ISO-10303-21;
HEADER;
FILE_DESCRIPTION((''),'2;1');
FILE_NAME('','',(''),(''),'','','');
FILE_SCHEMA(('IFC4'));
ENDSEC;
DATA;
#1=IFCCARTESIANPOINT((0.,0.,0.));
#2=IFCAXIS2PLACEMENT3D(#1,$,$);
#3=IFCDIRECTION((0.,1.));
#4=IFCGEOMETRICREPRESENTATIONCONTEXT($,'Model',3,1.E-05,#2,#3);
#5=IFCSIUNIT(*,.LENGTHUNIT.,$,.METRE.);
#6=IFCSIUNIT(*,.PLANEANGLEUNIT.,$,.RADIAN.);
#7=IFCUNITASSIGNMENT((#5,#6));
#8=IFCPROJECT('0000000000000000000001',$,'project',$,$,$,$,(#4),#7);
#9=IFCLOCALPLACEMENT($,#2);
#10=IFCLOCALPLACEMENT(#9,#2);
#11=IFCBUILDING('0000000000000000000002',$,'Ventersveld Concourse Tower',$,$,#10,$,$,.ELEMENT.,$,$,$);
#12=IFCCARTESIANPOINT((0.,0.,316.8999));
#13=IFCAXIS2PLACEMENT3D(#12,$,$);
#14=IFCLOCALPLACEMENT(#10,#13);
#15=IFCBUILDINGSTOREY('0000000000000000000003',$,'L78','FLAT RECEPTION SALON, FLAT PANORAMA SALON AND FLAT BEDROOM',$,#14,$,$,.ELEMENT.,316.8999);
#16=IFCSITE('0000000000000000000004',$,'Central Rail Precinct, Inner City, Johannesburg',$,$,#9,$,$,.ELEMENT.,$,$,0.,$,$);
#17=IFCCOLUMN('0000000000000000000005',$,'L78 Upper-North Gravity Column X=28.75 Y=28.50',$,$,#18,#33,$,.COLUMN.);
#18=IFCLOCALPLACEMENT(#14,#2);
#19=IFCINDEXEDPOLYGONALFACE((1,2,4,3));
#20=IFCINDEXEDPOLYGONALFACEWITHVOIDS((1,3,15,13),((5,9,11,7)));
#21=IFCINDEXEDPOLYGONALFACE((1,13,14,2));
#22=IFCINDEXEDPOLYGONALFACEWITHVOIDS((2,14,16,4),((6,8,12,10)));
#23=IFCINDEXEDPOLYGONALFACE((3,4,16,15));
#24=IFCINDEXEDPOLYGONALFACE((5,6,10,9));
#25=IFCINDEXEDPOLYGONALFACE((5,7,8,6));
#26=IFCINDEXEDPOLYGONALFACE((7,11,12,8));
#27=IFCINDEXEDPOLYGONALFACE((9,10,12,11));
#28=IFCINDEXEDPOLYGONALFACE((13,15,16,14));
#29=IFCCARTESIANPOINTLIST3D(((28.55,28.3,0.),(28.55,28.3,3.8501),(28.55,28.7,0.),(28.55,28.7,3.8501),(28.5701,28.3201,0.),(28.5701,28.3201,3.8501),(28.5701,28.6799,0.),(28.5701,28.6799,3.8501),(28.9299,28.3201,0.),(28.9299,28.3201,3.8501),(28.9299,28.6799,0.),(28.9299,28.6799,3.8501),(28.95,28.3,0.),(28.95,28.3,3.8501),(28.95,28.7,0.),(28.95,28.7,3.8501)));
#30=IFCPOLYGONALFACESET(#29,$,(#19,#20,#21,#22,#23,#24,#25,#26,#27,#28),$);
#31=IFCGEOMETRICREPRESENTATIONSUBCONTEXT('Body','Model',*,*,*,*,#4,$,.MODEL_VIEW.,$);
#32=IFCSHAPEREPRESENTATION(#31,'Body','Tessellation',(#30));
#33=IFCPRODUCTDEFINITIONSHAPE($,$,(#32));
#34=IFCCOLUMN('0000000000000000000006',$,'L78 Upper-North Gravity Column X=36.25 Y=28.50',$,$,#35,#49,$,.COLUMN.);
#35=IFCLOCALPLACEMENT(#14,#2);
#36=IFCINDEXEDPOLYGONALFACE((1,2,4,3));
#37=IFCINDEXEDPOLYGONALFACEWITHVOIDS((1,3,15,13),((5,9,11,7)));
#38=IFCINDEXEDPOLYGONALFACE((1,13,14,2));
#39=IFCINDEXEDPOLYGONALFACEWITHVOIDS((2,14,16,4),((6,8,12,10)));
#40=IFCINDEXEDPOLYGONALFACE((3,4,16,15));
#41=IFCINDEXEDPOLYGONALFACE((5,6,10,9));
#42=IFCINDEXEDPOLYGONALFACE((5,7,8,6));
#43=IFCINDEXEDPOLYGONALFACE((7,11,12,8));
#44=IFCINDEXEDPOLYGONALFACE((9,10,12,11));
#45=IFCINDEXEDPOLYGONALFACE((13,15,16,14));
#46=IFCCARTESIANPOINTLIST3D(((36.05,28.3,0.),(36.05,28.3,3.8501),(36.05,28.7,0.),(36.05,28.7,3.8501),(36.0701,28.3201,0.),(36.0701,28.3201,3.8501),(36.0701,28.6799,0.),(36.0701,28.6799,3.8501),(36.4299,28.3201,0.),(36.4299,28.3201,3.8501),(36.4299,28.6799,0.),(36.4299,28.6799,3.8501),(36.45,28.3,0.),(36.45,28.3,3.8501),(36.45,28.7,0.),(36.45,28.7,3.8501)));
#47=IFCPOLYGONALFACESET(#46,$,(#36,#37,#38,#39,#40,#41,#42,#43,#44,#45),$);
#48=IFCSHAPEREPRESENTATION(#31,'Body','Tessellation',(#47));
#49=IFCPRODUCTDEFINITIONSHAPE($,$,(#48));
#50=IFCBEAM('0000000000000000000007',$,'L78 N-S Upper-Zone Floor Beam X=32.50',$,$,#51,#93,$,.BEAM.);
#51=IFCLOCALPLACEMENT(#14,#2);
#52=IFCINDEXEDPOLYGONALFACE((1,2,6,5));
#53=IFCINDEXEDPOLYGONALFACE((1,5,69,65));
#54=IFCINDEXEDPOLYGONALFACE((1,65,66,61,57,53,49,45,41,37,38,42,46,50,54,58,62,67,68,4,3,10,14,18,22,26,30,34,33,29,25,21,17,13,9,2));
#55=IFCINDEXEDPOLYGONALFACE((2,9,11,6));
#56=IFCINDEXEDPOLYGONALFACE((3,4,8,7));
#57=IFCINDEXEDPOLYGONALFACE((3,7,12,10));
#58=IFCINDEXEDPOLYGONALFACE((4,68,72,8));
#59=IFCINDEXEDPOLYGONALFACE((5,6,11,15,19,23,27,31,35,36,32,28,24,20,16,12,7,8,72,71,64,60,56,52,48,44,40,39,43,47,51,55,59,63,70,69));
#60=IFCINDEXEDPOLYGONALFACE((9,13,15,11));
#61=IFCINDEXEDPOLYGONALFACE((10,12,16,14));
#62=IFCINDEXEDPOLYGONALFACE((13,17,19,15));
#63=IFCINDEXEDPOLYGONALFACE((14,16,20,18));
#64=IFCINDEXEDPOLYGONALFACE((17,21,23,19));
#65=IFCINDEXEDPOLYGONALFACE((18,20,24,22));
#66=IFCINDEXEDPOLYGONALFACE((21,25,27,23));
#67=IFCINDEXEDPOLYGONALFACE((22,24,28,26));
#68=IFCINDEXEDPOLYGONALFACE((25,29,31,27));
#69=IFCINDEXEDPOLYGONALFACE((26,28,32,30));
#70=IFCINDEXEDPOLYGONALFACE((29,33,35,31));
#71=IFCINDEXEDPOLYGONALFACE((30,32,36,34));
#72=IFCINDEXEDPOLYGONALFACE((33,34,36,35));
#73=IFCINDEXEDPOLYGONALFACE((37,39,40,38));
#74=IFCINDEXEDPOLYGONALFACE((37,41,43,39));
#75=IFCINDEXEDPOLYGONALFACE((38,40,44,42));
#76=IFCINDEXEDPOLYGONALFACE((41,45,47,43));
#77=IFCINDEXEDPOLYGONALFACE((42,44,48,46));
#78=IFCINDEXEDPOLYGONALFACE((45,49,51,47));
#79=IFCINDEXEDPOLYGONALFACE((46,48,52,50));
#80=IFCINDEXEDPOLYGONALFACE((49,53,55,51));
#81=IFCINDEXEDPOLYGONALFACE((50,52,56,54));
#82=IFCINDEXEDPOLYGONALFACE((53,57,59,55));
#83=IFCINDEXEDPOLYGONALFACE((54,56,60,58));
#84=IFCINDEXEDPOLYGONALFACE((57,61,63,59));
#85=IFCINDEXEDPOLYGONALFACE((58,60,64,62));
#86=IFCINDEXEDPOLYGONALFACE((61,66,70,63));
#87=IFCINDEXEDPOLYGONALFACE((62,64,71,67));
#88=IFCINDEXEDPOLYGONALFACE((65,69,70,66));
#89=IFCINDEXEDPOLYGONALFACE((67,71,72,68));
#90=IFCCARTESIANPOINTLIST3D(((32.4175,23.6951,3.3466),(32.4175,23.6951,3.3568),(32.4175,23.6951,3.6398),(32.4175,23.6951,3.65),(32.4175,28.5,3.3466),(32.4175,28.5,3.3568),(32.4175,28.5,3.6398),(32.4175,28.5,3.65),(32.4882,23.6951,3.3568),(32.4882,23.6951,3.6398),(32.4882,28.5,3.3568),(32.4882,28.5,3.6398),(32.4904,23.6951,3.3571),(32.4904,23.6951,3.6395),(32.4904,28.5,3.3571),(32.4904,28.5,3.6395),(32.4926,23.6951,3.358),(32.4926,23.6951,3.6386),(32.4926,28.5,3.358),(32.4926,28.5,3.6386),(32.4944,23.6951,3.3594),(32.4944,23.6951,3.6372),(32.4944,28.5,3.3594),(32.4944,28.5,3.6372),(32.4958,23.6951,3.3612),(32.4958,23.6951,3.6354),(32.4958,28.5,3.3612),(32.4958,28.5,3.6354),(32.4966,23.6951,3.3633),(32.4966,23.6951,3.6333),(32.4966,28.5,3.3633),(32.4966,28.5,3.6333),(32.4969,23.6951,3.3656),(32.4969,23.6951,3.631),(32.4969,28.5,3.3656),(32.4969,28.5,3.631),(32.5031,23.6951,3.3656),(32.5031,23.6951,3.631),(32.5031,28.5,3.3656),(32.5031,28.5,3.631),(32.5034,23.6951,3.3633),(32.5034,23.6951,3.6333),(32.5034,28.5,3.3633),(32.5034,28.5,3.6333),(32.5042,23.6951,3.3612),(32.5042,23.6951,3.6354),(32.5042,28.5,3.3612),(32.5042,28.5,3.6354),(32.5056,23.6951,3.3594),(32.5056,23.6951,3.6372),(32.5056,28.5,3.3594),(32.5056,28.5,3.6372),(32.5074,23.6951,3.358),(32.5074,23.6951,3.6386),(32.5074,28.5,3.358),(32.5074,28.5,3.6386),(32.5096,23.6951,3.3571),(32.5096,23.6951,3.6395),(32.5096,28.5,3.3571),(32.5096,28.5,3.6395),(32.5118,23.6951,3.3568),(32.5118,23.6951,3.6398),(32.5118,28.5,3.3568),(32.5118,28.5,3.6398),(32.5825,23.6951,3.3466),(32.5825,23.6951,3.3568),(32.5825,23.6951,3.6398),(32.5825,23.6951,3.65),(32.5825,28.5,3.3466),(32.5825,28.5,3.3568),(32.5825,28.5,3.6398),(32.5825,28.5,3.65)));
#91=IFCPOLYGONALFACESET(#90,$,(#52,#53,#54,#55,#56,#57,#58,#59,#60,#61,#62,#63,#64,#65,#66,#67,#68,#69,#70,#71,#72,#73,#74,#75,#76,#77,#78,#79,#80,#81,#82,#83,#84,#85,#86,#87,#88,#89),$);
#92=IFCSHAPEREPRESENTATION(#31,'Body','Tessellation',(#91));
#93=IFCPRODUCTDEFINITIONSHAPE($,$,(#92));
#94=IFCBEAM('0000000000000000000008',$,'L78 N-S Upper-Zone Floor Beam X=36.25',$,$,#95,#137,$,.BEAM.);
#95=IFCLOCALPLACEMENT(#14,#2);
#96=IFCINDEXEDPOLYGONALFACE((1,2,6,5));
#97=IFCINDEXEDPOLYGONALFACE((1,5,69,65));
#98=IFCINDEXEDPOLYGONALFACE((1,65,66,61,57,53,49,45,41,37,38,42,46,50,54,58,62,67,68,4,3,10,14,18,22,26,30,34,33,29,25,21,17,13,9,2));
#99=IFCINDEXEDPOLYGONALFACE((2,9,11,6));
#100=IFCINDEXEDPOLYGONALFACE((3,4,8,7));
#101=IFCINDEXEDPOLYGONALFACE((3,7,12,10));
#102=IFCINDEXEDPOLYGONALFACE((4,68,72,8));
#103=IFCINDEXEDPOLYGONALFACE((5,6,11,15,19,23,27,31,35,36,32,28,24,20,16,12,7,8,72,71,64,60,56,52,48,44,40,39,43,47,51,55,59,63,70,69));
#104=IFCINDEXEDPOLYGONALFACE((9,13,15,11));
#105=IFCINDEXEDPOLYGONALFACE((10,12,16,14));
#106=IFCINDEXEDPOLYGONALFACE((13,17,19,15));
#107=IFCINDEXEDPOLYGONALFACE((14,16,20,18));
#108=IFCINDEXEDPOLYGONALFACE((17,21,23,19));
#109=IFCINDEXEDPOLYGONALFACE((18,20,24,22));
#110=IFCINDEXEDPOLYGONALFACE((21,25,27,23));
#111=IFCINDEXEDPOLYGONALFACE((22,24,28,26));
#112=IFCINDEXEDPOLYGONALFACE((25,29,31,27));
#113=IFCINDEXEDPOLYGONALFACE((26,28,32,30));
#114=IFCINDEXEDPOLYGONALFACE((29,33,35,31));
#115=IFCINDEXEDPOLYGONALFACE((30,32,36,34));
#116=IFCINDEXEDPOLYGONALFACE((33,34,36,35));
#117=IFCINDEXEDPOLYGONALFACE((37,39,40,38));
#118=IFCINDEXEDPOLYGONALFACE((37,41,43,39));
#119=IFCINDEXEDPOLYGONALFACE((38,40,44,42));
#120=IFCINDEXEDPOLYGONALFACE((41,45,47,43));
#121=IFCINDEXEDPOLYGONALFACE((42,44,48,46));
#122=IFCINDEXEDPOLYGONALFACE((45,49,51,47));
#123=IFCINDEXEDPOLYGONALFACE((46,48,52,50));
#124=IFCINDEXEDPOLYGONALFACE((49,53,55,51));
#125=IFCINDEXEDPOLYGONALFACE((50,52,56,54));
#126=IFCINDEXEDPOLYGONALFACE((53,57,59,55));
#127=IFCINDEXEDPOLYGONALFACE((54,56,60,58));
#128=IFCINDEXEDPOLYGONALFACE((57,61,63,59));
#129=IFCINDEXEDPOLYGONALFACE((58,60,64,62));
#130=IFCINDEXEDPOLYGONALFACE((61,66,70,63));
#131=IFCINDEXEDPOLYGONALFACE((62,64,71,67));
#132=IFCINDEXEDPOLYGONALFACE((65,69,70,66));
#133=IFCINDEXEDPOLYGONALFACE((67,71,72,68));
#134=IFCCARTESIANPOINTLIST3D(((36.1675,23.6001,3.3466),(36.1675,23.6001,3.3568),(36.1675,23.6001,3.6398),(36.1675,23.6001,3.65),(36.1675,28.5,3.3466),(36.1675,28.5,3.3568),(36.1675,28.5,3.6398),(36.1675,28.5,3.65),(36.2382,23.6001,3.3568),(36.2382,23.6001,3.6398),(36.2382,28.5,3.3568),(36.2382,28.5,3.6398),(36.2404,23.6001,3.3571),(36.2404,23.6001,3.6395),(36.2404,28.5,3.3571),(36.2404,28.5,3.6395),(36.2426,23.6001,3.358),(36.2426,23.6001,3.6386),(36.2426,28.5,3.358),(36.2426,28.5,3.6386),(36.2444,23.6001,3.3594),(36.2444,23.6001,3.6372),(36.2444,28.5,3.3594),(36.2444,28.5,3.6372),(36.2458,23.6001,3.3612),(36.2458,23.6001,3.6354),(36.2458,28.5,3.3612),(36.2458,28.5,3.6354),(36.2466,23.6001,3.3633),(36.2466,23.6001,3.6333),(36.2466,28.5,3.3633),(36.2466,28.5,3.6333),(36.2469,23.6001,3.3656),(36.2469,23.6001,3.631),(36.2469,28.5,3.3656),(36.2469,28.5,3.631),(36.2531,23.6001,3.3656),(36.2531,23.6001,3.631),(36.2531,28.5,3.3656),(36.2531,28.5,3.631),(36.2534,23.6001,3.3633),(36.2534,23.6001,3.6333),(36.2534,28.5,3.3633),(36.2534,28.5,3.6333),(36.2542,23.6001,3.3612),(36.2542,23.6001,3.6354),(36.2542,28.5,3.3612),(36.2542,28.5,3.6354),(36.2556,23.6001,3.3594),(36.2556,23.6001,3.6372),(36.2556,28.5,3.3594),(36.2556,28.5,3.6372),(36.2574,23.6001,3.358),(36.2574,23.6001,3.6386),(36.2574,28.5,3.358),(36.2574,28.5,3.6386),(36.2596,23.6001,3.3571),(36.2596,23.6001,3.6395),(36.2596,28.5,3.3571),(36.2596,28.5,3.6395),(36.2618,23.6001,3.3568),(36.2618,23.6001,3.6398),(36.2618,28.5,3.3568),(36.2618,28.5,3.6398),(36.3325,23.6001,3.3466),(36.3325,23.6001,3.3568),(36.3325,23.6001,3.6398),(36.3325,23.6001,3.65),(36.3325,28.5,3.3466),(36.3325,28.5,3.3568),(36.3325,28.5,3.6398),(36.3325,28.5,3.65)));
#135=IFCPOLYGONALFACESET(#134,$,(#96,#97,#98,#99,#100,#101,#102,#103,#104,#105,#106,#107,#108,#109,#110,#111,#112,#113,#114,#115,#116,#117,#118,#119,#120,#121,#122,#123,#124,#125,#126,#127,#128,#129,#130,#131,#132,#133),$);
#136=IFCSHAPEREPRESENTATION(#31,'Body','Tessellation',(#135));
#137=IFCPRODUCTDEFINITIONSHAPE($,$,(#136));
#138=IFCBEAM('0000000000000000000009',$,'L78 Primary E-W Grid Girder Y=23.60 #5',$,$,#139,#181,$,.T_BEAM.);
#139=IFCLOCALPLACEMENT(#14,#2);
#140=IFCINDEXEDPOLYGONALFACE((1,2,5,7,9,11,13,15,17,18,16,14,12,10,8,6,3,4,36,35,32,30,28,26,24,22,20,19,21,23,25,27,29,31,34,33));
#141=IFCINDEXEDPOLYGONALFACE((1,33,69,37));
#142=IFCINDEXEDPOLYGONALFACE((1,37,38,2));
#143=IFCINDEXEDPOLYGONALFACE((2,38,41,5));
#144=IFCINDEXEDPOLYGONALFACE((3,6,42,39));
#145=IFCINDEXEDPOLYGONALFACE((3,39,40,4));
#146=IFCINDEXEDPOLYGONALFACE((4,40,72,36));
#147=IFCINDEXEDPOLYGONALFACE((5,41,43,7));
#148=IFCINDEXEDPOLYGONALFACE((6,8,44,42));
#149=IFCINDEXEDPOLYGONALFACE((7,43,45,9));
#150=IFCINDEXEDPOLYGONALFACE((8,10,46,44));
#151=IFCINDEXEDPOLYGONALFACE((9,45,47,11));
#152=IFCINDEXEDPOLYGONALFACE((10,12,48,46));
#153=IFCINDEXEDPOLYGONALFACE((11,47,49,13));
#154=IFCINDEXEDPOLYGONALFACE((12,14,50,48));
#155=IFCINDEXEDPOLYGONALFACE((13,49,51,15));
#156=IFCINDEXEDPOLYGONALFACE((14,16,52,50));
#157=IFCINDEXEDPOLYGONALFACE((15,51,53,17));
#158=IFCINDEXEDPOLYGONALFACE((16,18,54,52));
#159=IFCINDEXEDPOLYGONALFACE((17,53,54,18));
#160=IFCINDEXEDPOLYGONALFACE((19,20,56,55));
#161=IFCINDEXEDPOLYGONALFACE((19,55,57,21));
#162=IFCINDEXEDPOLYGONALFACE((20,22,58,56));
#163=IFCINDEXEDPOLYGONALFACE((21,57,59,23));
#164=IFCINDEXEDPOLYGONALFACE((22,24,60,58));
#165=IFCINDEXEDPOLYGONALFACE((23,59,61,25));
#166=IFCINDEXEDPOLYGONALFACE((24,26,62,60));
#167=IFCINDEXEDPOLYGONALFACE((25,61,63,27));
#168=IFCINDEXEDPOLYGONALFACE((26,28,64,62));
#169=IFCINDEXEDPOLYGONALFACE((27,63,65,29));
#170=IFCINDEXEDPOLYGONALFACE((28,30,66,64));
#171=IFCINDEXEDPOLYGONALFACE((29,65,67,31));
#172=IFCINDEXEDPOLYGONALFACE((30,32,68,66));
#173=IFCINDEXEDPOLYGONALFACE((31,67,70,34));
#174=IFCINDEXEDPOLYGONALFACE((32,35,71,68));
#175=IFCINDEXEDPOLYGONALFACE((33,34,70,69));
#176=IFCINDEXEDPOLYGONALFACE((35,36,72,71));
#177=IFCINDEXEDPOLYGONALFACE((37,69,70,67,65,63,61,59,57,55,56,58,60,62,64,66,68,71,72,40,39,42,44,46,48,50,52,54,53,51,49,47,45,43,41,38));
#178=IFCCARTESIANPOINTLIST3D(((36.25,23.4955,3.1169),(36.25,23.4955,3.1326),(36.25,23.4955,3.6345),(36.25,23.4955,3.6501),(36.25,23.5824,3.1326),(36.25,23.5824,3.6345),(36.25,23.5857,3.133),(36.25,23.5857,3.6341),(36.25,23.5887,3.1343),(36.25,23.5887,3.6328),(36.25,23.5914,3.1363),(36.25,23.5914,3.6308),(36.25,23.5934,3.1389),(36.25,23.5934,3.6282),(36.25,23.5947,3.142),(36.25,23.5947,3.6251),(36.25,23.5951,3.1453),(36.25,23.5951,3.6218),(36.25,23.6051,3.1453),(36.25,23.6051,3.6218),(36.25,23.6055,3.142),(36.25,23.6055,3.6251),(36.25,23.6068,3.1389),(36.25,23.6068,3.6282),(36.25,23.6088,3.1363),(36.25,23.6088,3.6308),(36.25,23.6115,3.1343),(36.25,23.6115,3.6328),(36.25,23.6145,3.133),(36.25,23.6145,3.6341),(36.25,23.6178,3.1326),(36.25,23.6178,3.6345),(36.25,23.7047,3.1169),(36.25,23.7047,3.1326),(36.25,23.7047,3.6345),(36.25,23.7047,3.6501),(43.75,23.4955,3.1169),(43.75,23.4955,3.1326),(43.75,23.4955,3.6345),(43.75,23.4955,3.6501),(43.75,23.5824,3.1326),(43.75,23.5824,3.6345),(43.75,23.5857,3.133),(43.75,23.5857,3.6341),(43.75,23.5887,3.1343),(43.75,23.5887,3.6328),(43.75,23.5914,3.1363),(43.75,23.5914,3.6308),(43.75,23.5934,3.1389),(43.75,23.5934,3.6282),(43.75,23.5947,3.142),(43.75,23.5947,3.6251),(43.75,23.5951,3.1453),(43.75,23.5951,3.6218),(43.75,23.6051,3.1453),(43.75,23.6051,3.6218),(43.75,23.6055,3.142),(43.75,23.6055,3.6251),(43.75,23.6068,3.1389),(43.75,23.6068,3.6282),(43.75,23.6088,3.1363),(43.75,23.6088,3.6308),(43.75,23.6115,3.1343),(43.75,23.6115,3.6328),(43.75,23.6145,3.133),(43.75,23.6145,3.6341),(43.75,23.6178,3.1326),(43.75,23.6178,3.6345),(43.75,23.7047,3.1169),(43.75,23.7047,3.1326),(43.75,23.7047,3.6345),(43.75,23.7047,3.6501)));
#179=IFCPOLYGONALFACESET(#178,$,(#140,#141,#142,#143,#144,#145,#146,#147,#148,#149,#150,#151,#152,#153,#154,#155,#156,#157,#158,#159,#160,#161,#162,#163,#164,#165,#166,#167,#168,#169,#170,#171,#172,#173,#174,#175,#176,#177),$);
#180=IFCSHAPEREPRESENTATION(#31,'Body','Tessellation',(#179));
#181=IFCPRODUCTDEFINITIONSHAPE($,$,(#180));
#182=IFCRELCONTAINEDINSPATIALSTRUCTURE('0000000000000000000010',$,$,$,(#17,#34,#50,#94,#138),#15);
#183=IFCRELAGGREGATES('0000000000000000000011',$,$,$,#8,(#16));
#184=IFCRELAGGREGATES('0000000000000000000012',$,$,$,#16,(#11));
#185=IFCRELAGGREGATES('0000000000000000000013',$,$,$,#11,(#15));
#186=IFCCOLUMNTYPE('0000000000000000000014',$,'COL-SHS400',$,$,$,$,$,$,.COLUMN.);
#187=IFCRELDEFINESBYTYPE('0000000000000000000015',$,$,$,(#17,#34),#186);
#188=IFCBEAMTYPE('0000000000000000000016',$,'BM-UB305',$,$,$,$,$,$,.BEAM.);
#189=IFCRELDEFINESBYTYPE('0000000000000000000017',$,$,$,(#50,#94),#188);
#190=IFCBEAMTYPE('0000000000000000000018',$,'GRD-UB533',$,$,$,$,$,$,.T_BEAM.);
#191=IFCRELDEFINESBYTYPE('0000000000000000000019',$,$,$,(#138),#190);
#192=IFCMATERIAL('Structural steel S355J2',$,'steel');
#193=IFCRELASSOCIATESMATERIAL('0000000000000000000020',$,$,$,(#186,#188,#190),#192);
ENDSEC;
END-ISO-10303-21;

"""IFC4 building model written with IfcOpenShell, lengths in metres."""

from ifc_helpers import new_model, si_unit, direction, frame, origin, origin_2d, place, context, subcontext, project, spatial, hollow_rectangle, i_section, extrude, material, material_profile, profile_set, type_object, element, save


model = new_model("IFC4")

# Units and contexts
model_context = context("Model", 3, precision=1e-05, world=origin(), true_north=direction((0.0, 1.0)))
body_context = subcontext(model_context, "Body", "Model", "MODEL_VIEW")
ifc_project = project(units=[si_unit("LENGTHUNIT", "METRE"), si_unit("PLANEANGLEUNIT", "RADIAN")], contexts=[model_context])

# Site, building, storey
site_placement = place(None, origin())
site = spatial("IfcSite", under=ifc_project, at=site_placement, Name="Central Rail Precinct, Inner City, Johannesburg", CompositionType="ELEMENT", RefElevation=0.0)
building_placement = place(site_placement, origin())
building = spatial("IfcBuilding", under=site, at=building_placement, Name="Ventersveld Concourse Tower", CompositionType="ELEMENT")
storey_placement = place(building_placement, frame((0.0, 0.0, 316.8999)))
storey = spatial("IfcBuildingStorey", under=building, at=storey_placement, Name="L78", Description="FLAT RECEPTION SALON, FLAT PANORAMA SALON AND FLAT BEDROOM", CompositionType="ELEMENT", Elevation=316.8999)

# Columns
ifc_material_1 = material(Name="Structural steel S355J2", Category="steel")
ifc_material_profile_1 = material_profile(ifc_material_1, hollow_rectangle(XDim=0.3999, YDim=0.3999, WallThickness=0.02, at=origin_2d()), Name="SHS 400x400x20")
ifc_profile_set_1 = profile_set([ifc_material_profile_1], Name="Structural steel S355J2")
column_type = type_object("IfcColumnType", Name="COL-SHS400", PredefinedType="COLUMN", material=ifc_profile_set_1)
for number, where, z_axis, x_axis, name in (
    (1, (28.75, 28.5, 0.0), (0.0, 0.0, 1.0), (1.0, 0.0, 0.0), "L78 Upper-North Gravity Column X=28.75 Y=28.50"),
    (2, (36.25, 28.5, 0.0), (0.0, 0.0, 1.0), (1.0, 0.0, 0.0), "L78 Upper-North Gravity Column X=36.25 Y=28.50"),
):
    element("IfcColumn", number, at=place(storey_placement, frame(where, z_axis=z_axis, x_axis=x_axis)), inside=storey, type_object=column_type, Name=name, PredefinedType="COLUMN", context=body_context, shape_type="SweptSolid", body=[
        extrude(hollow_rectangle(XDim=0.3999, YDim=0.3999, WallThickness=0.02, at=origin_2d()), origin(), (0.0, 0.0, 1.0), 3.8501),
    ])

# Beams
ifc_material_profile_2 = material_profile(ifc_material_1, i_section(OverallWidth=0.165, OverallDepth=0.3035, WebThickness=0.0061, FlangeThickness=0.0103, FilletRadius=0.0088, at=origin_2d()), Name="UB 305x165x40")
ifc_profile_set_2 = profile_set([ifc_material_profile_2], Name="Structural steel S355J2")
beam_type_1 = type_object("IfcBeamType", Name="BM-UB305", PredefinedType="BEAM", material=ifc_profile_set_2)
beam_1_placement = place(storey_placement, frame((32.5, 23.6951, 3.4983), z_axis=(0.0, 1.0, 0.0), x_axis=(-1.0, 0.0, 0.0)))
element("IfcBeam", 3, at=beam_1_placement, inside=storey, type_object=beam_type_1, Name="L78 N-S Upper-Zone Floor Beam X=32.50", PredefinedType="BEAM", context=body_context, shape_type="SweptSolid", body=[
    extrude(i_section(OverallWidth=0.165, OverallDepth=0.3035, WebThickness=0.0061, FlangeThickness=0.0103, FilletRadius=0.0088, at=origin_2d()), origin(), (0.0, 0.0, 1.0), 4.8049),
])
beam_2_placement = place(storey_placement, frame((36.25, 23.6001, 3.4983), z_axis=(0.0, 1.0, 0.0), x_axis=(-1.0, 0.0, 0.0)))
element("IfcBeam", 4, at=beam_2_placement, inside=storey, type_object=beam_type_1, Name="L78 N-S Upper-Zone Floor Beam X=36.25", PredefinedType="BEAM", context=body_context, shape_type="SweptSolid", body=[
    extrude(i_section(OverallWidth=0.165, OverallDepth=0.3035, WebThickness=0.0061, FlangeThickness=0.0103, FilletRadius=0.0088, at=origin_2d()), origin(), (0.0, 0.0, 1.0), 4.8999),
])
ifc_material_profile_3 = material_profile(ifc_material_1, i_section(OverallWidth=0.2092, OverallDepth=0.5332, WebThickness=0.01, FlangeThickness=0.0156, FilletRadius=0.0127, at=origin_2d()), Name="UB 533x210x92")
ifc_profile_set_3 = profile_set([ifc_material_profile_3], Name="Structural steel S355J2")
beam_type_2 = type_object("IfcBeamType", Name="GRD-UB533", PredefinedType="T_BEAM", material=ifc_profile_set_3)
for number, where, z_axis, x_axis, name in (
    (5, (36.25, 23.6001, 3.3835), (1.0, 0.0, 0.0), (0.0, 1.0, 0.0), "L78 Primary E-W Grid Girder Y=23.60 #5"),
):
    element("IfcBeam", number, at=place(storey_placement, frame(where, z_axis=z_axis, x_axis=x_axis)), inside=storey, type_object=beam_type_2, Name=name, PredefinedType="T_BEAM", context=body_context, shape_type="SweptSolid", body=[
        extrude(i_section(OverallWidth=0.2092, OverallDepth=0.5332, WebThickness=0.01, FlangeThickness=0.0156, FilletRadius=0.0127, at=origin_2d()), origin(), (0.0, 0.0, 1.0), 7.5),
    ])

save(model, "model.ifc")
